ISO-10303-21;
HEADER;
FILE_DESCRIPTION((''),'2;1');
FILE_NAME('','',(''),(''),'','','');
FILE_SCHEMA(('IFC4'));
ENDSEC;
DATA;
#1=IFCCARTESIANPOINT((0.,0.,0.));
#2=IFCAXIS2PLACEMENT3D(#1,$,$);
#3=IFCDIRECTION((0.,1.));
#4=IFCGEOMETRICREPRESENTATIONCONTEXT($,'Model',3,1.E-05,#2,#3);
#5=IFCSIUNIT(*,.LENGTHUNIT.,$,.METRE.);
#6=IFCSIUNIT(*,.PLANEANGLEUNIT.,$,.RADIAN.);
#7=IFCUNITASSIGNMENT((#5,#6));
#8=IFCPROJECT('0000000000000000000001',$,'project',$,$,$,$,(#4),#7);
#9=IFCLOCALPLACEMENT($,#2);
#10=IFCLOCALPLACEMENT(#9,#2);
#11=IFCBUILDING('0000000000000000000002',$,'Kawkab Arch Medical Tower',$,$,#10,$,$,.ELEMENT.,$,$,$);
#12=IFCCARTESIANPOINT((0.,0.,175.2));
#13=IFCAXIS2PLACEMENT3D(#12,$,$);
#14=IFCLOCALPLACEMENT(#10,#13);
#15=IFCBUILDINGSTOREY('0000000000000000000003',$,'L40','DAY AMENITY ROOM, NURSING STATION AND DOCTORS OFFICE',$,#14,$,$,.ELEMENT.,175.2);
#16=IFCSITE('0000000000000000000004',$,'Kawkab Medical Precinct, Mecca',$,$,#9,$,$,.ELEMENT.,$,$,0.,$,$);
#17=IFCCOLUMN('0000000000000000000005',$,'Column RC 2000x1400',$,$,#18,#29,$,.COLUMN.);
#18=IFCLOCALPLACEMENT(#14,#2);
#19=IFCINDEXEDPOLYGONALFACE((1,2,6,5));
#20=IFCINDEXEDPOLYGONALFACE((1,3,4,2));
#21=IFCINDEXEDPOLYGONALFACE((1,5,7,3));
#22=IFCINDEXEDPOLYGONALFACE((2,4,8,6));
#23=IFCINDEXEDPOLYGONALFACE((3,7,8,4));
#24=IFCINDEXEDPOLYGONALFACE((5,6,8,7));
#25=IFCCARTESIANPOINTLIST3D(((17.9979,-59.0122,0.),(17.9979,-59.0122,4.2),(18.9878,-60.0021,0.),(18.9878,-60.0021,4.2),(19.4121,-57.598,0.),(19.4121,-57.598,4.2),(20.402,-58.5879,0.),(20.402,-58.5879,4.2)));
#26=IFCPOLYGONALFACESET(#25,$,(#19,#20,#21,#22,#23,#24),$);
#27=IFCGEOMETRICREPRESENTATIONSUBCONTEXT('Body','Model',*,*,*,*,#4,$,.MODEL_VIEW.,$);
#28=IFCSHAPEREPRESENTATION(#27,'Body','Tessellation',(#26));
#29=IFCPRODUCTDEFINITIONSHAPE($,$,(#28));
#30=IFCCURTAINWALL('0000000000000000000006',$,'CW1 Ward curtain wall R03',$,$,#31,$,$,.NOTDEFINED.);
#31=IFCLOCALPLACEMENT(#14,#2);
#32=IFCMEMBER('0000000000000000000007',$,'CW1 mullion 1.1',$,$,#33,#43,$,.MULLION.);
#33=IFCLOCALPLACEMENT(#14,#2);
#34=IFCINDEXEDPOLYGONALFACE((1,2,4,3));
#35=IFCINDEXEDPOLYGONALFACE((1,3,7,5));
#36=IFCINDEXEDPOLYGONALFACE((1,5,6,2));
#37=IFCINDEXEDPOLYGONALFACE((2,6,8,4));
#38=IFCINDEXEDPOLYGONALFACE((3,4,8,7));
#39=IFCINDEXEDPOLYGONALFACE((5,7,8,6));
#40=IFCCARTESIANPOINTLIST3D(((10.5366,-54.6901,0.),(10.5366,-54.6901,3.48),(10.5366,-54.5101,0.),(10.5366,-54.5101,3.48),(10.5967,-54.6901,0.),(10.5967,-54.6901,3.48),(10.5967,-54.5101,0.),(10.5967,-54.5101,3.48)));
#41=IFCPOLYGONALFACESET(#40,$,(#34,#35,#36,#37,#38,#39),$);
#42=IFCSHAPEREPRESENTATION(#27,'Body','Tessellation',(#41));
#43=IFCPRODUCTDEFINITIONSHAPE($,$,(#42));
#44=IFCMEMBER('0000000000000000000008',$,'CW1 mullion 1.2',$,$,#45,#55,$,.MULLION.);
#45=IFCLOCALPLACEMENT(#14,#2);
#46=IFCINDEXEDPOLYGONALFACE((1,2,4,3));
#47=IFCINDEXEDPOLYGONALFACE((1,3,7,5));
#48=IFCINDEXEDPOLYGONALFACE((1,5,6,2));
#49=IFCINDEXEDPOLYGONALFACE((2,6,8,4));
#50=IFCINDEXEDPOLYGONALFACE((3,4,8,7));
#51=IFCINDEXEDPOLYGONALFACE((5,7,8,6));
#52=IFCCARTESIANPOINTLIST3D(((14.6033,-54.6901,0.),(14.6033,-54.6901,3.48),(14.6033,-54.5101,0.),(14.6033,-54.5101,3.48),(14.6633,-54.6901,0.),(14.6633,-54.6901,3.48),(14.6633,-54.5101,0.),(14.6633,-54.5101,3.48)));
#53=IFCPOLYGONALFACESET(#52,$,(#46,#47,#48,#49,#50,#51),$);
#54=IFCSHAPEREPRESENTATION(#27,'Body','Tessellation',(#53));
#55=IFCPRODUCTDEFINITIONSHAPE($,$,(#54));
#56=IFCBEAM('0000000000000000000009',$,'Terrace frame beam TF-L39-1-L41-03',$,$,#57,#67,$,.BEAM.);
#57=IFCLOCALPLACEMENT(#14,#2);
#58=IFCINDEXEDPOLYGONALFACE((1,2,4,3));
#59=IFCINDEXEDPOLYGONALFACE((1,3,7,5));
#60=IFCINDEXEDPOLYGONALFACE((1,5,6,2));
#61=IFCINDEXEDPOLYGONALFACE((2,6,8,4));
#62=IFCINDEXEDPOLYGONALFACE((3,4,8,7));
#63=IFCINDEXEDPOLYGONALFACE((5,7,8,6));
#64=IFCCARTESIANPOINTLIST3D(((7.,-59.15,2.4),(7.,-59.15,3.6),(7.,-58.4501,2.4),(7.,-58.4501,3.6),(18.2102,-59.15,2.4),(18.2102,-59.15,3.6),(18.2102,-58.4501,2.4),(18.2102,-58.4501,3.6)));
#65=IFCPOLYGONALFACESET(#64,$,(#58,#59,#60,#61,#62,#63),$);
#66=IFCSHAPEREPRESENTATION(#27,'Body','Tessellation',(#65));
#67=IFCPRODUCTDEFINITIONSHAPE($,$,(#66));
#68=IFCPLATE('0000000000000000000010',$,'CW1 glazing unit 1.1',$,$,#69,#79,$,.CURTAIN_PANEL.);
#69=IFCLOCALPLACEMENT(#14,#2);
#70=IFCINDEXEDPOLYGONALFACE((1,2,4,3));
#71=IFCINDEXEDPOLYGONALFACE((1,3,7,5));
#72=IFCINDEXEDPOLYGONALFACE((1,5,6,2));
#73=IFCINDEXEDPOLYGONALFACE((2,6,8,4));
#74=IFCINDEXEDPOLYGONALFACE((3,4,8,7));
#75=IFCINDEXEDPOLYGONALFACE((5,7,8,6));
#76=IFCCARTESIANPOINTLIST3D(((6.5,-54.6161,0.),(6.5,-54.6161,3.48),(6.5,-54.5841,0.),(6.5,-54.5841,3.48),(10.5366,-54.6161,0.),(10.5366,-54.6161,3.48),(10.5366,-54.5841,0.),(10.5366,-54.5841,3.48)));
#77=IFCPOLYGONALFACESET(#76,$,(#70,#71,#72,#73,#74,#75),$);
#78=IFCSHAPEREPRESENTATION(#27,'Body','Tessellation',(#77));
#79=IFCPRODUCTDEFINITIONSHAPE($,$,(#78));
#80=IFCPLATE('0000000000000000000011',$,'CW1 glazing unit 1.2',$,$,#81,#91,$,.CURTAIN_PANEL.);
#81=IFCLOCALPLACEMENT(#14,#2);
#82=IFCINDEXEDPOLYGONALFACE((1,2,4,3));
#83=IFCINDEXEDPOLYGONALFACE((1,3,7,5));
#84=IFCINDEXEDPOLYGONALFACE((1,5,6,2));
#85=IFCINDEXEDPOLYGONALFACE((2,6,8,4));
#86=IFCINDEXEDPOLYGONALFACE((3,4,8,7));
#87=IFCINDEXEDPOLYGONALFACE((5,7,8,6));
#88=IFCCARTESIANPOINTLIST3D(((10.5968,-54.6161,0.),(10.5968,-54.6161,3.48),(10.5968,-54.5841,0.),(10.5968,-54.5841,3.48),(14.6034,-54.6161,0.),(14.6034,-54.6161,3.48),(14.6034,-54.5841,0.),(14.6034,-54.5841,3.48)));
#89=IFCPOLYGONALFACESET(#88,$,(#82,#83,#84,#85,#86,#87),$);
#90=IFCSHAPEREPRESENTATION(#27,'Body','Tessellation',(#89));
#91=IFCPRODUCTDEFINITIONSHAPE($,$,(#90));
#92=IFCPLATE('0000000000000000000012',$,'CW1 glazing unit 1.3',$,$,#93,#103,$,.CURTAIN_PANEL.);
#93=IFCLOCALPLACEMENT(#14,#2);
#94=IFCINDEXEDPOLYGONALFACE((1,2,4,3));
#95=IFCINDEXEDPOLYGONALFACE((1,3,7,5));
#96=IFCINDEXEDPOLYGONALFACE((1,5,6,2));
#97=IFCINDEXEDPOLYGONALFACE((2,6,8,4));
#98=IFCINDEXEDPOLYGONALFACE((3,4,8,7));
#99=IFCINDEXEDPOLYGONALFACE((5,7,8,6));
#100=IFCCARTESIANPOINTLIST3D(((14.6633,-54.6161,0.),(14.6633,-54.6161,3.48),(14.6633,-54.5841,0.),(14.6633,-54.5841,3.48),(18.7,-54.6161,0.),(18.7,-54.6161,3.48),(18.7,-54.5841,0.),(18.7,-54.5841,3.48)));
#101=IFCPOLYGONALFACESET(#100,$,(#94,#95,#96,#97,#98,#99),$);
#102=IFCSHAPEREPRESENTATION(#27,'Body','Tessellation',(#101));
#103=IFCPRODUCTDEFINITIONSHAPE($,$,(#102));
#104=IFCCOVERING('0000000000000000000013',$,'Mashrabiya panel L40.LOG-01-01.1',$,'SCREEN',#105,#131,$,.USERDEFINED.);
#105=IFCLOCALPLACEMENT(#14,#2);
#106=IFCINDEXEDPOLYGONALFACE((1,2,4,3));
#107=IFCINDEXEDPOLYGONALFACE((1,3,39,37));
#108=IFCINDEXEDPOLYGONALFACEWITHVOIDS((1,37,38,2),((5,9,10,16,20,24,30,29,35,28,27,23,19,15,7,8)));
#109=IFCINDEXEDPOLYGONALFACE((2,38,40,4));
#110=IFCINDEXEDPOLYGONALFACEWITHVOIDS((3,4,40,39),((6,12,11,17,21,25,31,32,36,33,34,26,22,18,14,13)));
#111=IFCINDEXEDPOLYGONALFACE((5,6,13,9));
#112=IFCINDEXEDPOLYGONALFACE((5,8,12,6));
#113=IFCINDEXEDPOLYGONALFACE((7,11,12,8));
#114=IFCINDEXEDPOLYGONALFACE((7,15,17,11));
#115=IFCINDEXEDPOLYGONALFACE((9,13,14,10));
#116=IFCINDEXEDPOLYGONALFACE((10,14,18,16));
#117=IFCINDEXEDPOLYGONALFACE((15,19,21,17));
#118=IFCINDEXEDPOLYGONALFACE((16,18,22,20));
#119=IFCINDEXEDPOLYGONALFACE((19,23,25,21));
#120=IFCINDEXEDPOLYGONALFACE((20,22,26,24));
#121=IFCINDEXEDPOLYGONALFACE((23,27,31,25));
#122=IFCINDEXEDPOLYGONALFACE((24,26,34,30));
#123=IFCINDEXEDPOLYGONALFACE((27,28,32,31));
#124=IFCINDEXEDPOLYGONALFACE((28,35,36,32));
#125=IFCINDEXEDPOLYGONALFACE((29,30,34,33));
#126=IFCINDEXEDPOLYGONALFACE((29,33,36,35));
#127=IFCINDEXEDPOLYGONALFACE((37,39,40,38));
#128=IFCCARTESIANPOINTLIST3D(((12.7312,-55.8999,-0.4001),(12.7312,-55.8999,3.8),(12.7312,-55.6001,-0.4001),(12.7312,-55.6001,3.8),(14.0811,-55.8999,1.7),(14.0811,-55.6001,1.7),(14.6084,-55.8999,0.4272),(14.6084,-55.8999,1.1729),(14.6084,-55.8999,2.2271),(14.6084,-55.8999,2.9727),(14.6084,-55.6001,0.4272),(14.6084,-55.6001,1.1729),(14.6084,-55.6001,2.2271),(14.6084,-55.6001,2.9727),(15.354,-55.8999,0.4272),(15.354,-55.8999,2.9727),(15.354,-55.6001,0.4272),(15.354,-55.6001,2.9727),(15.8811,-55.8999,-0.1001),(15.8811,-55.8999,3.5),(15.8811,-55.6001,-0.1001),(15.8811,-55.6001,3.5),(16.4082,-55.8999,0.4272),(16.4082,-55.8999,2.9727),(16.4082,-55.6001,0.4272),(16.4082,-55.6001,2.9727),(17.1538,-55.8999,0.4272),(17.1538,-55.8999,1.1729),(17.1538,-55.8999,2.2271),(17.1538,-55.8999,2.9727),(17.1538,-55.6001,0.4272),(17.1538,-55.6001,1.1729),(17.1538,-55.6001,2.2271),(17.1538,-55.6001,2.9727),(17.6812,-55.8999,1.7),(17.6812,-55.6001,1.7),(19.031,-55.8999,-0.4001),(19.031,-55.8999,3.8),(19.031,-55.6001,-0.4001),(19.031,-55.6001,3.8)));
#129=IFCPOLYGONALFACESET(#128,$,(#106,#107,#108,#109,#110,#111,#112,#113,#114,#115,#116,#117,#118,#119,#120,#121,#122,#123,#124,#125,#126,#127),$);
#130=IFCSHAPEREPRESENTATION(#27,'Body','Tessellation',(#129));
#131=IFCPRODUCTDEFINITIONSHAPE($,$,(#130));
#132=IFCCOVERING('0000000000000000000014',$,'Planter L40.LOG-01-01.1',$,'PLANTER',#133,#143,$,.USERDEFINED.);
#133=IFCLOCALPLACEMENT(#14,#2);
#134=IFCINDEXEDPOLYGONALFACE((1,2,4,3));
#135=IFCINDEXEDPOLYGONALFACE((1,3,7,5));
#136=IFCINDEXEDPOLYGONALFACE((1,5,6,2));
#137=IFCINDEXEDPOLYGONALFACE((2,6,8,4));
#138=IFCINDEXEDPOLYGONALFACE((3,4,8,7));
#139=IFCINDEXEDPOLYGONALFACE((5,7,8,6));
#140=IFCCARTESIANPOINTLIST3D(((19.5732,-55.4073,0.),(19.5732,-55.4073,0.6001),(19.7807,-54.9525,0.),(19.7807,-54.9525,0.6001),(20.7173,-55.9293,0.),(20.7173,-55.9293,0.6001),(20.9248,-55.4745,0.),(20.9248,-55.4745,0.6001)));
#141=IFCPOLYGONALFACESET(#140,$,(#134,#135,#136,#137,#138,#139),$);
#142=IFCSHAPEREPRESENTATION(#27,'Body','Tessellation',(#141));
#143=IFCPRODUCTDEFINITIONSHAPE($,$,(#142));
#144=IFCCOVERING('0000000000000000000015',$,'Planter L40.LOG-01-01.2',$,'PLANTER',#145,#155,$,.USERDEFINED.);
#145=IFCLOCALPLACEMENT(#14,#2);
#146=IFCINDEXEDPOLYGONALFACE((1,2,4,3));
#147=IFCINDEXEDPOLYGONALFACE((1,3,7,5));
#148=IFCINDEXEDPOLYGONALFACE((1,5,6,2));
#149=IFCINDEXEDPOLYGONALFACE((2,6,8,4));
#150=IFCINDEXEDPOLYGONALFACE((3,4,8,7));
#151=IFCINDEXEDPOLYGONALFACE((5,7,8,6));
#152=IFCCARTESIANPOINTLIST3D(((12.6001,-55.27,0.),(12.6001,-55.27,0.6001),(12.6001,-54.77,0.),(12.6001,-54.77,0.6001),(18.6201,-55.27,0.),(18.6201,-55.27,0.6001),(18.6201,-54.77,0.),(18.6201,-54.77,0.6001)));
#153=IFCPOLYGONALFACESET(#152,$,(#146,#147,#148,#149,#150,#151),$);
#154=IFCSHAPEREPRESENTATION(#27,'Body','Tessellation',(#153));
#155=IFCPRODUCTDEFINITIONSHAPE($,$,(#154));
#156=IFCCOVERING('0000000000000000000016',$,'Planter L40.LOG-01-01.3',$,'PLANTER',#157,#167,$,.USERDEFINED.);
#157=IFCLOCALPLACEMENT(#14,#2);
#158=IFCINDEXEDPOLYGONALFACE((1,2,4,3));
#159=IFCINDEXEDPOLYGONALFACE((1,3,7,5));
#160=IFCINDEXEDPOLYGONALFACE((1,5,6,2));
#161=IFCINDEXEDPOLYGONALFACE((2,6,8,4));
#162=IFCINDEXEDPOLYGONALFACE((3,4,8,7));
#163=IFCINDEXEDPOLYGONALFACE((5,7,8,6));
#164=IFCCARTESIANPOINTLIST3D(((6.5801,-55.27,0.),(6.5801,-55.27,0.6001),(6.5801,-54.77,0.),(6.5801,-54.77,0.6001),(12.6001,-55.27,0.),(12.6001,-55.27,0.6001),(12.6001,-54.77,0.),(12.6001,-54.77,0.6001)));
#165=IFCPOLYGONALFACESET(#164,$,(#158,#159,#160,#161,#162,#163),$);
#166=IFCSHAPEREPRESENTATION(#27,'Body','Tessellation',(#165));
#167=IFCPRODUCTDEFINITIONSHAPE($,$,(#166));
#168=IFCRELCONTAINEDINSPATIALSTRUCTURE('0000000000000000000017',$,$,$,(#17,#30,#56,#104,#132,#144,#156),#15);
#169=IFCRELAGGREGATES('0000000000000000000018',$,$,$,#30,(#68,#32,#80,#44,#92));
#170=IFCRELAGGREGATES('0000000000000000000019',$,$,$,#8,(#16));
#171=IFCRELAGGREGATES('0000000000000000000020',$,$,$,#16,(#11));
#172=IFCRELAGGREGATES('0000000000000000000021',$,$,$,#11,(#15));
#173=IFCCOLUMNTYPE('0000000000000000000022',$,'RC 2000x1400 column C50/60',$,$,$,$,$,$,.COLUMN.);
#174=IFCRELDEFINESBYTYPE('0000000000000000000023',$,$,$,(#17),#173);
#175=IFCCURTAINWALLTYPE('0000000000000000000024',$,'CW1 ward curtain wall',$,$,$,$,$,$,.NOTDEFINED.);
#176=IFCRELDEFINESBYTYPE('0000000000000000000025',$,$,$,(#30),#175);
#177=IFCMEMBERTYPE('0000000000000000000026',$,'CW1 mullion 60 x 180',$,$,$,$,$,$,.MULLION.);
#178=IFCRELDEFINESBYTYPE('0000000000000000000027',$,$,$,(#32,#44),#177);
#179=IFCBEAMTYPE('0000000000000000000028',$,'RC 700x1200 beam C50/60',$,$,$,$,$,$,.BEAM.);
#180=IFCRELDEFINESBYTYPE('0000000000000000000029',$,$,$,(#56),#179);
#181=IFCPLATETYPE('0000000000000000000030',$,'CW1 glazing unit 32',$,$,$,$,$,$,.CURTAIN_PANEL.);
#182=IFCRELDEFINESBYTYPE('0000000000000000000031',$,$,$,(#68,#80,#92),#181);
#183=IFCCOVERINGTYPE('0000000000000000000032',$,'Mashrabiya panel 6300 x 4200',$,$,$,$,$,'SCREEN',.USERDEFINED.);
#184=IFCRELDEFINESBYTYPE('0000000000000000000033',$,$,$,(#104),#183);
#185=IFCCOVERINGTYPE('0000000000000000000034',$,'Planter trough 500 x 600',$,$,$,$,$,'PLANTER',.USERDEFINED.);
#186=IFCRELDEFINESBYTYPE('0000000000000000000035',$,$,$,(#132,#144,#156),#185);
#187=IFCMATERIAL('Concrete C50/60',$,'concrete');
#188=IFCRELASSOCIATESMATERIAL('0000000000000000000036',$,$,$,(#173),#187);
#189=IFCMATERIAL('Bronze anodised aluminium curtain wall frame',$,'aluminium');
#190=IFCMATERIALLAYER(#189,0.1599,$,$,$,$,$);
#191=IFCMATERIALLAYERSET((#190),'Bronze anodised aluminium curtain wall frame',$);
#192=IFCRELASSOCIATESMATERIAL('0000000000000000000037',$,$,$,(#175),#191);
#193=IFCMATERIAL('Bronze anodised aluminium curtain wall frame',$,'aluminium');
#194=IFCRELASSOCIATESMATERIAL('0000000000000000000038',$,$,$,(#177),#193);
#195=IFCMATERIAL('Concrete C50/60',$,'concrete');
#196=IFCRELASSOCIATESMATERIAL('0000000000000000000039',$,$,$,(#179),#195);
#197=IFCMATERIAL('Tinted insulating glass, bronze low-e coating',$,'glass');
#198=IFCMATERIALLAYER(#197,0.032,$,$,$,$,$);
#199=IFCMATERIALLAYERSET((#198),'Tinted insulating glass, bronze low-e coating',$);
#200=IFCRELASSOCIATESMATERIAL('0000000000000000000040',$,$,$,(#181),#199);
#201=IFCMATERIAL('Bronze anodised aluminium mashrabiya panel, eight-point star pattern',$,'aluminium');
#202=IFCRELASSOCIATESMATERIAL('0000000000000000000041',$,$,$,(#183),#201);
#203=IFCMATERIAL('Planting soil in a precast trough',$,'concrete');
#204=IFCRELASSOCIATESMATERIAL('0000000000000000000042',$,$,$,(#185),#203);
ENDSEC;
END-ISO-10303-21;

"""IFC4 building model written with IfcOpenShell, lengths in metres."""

from ifc_helpers import new_model, si_unit, direction, frame, origin, origin_2d, place, context, subcontext, project, spatial, polyline, rectangle, outline, extrude, material, layer, layer_set, material_profile, profile_set, type_object, element, aggregate, save


model = new_model("IFC4")

# Units and contexts
model_context = context("Model", 3, precision=1e-05, world=origin(), true_north=direction((0.0, 1.0)))
body_context = subcontext(model_context, "Body", "Model", "MODEL_VIEW")
ifc_project = project(units=[si_unit("LENGTHUNIT", "METRE"), si_unit("PLANEANGLEUNIT", "RADIAN")], contexts=[model_context])

# Site, building, storey
site_placement = place(None, origin())
site = spatial("IfcSite", under=ifc_project, at=site_placement, Name="Kawkab Medical Precinct, Mecca", CompositionType="ELEMENT", RefElevation=0.0)
building_placement = place(site_placement, origin())
building = spatial("IfcBuilding", under=site, at=building_placement, Name="Kawkab Arch Medical Tower", CompositionType="ELEMENT")
storey_placement = place(building_placement, frame((0.0, 0.0, 175.2)))
storey = spatial("IfcBuildingStorey", under=building, at=storey_placement, Name="L40", Description="DAY AMENITY ROOM, NURSING STATION AND DOCTORS OFFICE", CompositionType="ELEMENT", Elevation=175.2)

# Column
ifc_material_1 = material(Name="Concrete C50/60", Category="concrete")
ifc_material_profile_1 = material_profile(ifc_material_1, rectangle(XDim=2.0, YDim=1.3999, at=origin_2d()), Name="RC 2000x1400")
ifc_profile_set_1 = profile_set([ifc_material_profile_1], Name="Concrete C50/60")
column_type = type_object("IfcColumnType", Name="RC 2000x1400 column C50/60", PredefinedType="COLUMN", material=ifc_profile_set_1)
column_placement = place(storey_placement, frame((19.2, -58.8, 0.0), z_axis=(0.0, 0.0, 1.0), x_axis=(-0.707107, -0.707107, 0.0)))
element("IfcColumn", 1, at=column_placement, inside=storey, type_object=column_type, Name="Column RC 2000x1400", PredefinedType="COLUMN", context=body_context, shape_type="SweptSolid", body=[
    extrude(rectangle(XDim=2.0, YDim=1.3999, at=origin_2d()), origin(), (0.0, 0.0, 1.0), 4.2),
])

# Curtain wall, members
ifc_material_2 = material(Name="Bronze anodised aluminium curtain wall frame", Category="aluminium")
ifc_layer_1 = layer(ifc_material_2, 0.1599)
ifc_layer_set_1 = layer_set([ifc_layer_1], Name="Bronze anodised aluminium curtain wall frame")
curtain_wall_type = type_object("IfcCurtainWallType", Name="CW1 ward curtain wall", PredefinedType="NOTDEFINED", material=ifc_layer_set_1)
curtain_wall_placement = place(storey_placement, origin())
curtain_wall = element("IfcCurtainWall", 2, at=curtain_wall_placement, inside=storey, type_object=curtain_wall_type, Name="CW1 Ward curtain wall R03", PredefinedType="NOTDEFINED")
ifc_material_3 = material(Name="Bronze anodised aluminium curtain wall frame", Category="aluminium")
ifc_material_profile_2 = material_profile(ifc_material_3, rectangle(XDim=0.1799, YDim=0.0601, at=origin_2d()), Name="AL 60x180")
ifc_profile_set_2 = profile_set([ifc_material_profile_2], Name="Bronze anodised aluminium curtain wall frame")
member_type = type_object("IfcMemberType", Name="CW1 mullion 60 x 180", PredefinedType="MULLION", material=ifc_profile_set_2)
member_1_placement = place(storey_placement, frame((10.5667, -54.6001, 0.0), z_axis=(0.0, 0.0, 1.0), x_axis=(0.0, 1.0, 0.0)))
member_1 = element("IfcMember", 3, at=member_1_placement, type_object=member_type, Name="CW1 mullion 1.1", PredefinedType="MULLION", context=body_context, shape_type="SweptSolid", body=[
    extrude(rectangle(XDim=0.1799, YDim=0.0601, at=origin_2d()), origin(), (0.0, 0.0, 1.0), 3.48),
])
member_2_placement = place(storey_placement, frame((14.6333, -54.6001, 0.0), z_axis=(0.0, 0.0, 1.0), x_axis=(0.0, 1.0, 0.0)))
member_2 = element("IfcMember", 4, at=member_2_placement, type_object=member_type, Name="CW1 mullion 1.2", PredefinedType="MULLION", context=body_context, shape_type="SweptSolid", body=[
    extrude(rectangle(XDim=0.1799, YDim=0.0601, at=origin_2d()), origin(), (0.0, 0.0, 1.0), 3.48),
])

# Beam
ifc_material_4 = material(Name="Concrete C50/60", Category="concrete")
ifc_material_profile_3 = material_profile(ifc_material_4, rectangle(XDim=0.7, YDim=1.2, at=origin_2d()), Name="RC 700x1200")
ifc_profile_set_3 = profile_set([ifc_material_profile_3], Name="Concrete C50/60")
beam_type = type_object("IfcBeamType", Name="RC 700x1200 beam C50/60", PredefinedType="BEAM", material=ifc_profile_set_3)
beam_placement = place(storey_placement, frame((18.2102, -58.8, 3.0), z_axis=(-1.0, 0.0, 0.0), x_axis=(0.0, -1.0, 0.0)))
element("IfcBeam", 5, at=beam_placement, inside=storey, type_object=beam_type, Name="Terrace frame beam TF-L39-1-L41-03", PredefinedType="BEAM", context=body_context, shape_type="SweptSolid", body=[
    extrude(rectangle(XDim=0.7, YDim=1.2, at=origin_2d()), origin(), (0.0, 0.0, 1.0), 11.2102),
])

# Plates
ifc_material_5 = material(Name="Tinted insulating glass, bronze low-e coating", Category="glass")
ifc_layer_2 = layer(ifc_material_5, 0.032)
ifc_layer_set_2 = layer_set([ifc_layer_2], Name="Tinted insulating glass, bronze low-e coating")
plate_type = type_object("IfcPlateType", Name="CW1 glazing unit 32", PredefinedType="CURTAIN_PANEL", material=ifc_layer_set_2)
plate_1_placement = place(storey_placement, frame((8.5183, -54.6001, 0.0), z_axis=(0.0, 0.0, 1.0), x_axis=(1.0, 0.0, 0.0)))
plate_1 = element("IfcPlate", 6, at=plate_1_placement, type_object=plate_type, Name="CW1 glazing unit 1.1", PredefinedType="CURTAIN_PANEL", context=body_context, shape_type="SweptSolid", body=[
    extrude(rectangle(XDim=4.0366, YDim=0.032, at=origin_2d()), origin(), (0.0, 0.0, 1.0), 3.48),
])
plate_2_placement = place(storey_placement, frame((12.6001, -54.6001, 0.0), z_axis=(0.0, 0.0, 1.0), x_axis=(1.0, 0.0, 0.0)))
plate_2 = element("IfcPlate", 7, at=plate_2_placement, type_object=plate_type, Name="CW1 glazing unit 1.2", PredefinedType="CURTAIN_PANEL", context=body_context, shape_type="SweptSolid", body=[
    extrude(rectangle(XDim=4.0066, YDim=0.032, at=origin_2d()), origin(), (0.0, 0.0, 1.0), 3.48),
])
plate_3_placement = place(storey_placement, frame((16.6816, -54.6001, 0.0), z_axis=(0.0, 0.0, 1.0), x_axis=(1.0, 0.0, 0.0)))
plate_3 = element("IfcPlate", 8, at=plate_3_placement, type_object=plate_type, Name="CW1 glazing unit 1.3", PredefinedType="CURTAIN_PANEL", context=body_context, shape_type="SweptSolid", body=[
    extrude(rectangle(XDim=4.0366, YDim=0.032, at=origin_2d()), origin(), (0.0, 0.0, 1.0), 3.48),
])
aggregate(curtain_wall, [plate_1, member_1, plate_2, member_2, plate_3])

# Coverings
ifc_material_6 = material(Name="Bronze anodised aluminium mashrabiya panel, eight-point star pattern", Category="aluminium")
ifc_material_profile_4 = material_profile(ifc_material_6, outline(polyline([(-3.1499, -2.1001), (3.1499, -2.1001), (3.1499, 2.1001), (-3.1499, 2.1001), (-3.1499, -2.1001)]), holes=[polyline([(1.8, 0.0), (1.2727, 0.5271), (1.2727, 1.2727), (0.5271, 1.2727), (0.0, 1.8), (-0.5271, 1.2727), (-1.2727, 1.2727), (-1.2727, 0.5271), (-1.8, 0.0), (-1.2727, -0.5271), (-1.2727, -1.2727), (-0.5271, -1.2727), (0.0, -1.8), (0.5271, -1.2727), (1.2727, -1.2727), (1.2727, -0.5271), (1.8, 0.0)])]), Name="Mashrabiya panel 6300x4200")
ifc_profile_set_4 = profile_set([ifc_material_profile_4], Name="Bronze anodised aluminium mashrabiya panel, eight-point star pattern")
covering_type_1 = type_object("IfcCoveringType", Name="Mashrabiya panel 6300 x 4200", ElementType="SCREEN", PredefinedType="USERDEFINED", material=ifc_profile_set_4)
covering_1_placement = place(storey_placement, frame((15.8811, -55.6001, 1.7), z_axis=(0.0, -1.0, 0.0), x_axis=(1.0, 0.0, 0.0)))
element("IfcCovering", 9, at=covering_1_placement, inside=storey, type_object=covering_type_1, Name="Mashrabiya panel L40.LOG-01-01.1", ObjectType="SCREEN", PredefinedType="USERDEFINED", context=body_context, shape_type="SweptSolid", body=[
    extrude(outline(polyline([(-3.1499, -2.1001), (3.1499, -2.1001), (3.1499, 2.1001), (-3.1499, 2.1001), (-3.1499, -2.1001)]), holes=[polyline([(1.8, 0.0), (1.2727, 0.5271), (1.2727, 1.2727), (0.5271, 1.2727), (0.0, 1.8), (-0.5271, 1.2727), (-1.2727, 1.2727), (-1.2727, 0.5271), (-1.8, 0.0), (-1.2727, -0.5271), (-1.2727, -1.2727), (-0.5271, -1.2727), (0.0, -1.8), (0.5271, -1.2727), (1.2727, -1.2727), (1.2727, -0.5271), (1.8, 0.0)])]), origin(), (0.0, 0.0, 1.0), 0.2998),
])
ifc_material_7 = material(Name="Planting soil in a precast trough", Category="concrete")
ifc_material_profile_5 = material_profile(ifc_material_7, rectangle(XDim=0.5, YDim=0.6001, at=origin_2d()), Name="Trough 500x600")
ifc_profile_set_5 = profile_set([ifc_material_profile_5], Name="Planting soil in a precast trough")
covering_type_2 = type_object("IfcCoveringType", Name="Planter trough 500 x 600", ElementType="PLANTER", PredefinedType="USERDEFINED", material=ifc_profile_set_5)
covering_2_placement = place(storey_placement, frame((20.821, -55.7019, 0.3), z_axis=(-0.90978, 0.41509, 0.0), x_axis=(-0.41509, -0.90978, 0.0)))
element("IfcCovering", 10, at=covering_2_placement, inside=storey, type_object=covering_type_2, Name="Planter L40.LOG-01-01.1", ObjectType="PLANTER", PredefinedType="USERDEFINED", context=body_context, shape_type="SweptSolid", body=[
    extrude(rectangle(XDim=0.5, YDim=0.6001, at=origin_2d()), origin(), (0.0, 0.0, 1.0), 1.2576),
])
for number, where, z_axis, x_axis, name in (
    (11, (18.6201, -55.02, 0.3), (-1.0, 0.0, 0.0), (0.0, -1.0, 0.0), "Planter L40.LOG-01-01.2"),
    (12, (12.6001, -55.02, 0.3), (-1.0, 0.0, 0.0), (0.0, -1.0, 0.0), "Planter L40.LOG-01-01.3"),
):
    element("IfcCovering", number, at=place(storey_placement, frame(where, z_axis=z_axis, x_axis=x_axis)), inside=storey, type_object=covering_type_2, Name=name, ObjectType="PLANTER", PredefinedType="USERDEFINED", context=body_context, shape_type="SweptSolid", body=[
        extrude(rectangle(XDim=0.5, YDim=0.6001, at=origin_2d()), origin(), (0.0, 0.0, 1.0), 6.02),
    ])

save(model, "model.ifc")
